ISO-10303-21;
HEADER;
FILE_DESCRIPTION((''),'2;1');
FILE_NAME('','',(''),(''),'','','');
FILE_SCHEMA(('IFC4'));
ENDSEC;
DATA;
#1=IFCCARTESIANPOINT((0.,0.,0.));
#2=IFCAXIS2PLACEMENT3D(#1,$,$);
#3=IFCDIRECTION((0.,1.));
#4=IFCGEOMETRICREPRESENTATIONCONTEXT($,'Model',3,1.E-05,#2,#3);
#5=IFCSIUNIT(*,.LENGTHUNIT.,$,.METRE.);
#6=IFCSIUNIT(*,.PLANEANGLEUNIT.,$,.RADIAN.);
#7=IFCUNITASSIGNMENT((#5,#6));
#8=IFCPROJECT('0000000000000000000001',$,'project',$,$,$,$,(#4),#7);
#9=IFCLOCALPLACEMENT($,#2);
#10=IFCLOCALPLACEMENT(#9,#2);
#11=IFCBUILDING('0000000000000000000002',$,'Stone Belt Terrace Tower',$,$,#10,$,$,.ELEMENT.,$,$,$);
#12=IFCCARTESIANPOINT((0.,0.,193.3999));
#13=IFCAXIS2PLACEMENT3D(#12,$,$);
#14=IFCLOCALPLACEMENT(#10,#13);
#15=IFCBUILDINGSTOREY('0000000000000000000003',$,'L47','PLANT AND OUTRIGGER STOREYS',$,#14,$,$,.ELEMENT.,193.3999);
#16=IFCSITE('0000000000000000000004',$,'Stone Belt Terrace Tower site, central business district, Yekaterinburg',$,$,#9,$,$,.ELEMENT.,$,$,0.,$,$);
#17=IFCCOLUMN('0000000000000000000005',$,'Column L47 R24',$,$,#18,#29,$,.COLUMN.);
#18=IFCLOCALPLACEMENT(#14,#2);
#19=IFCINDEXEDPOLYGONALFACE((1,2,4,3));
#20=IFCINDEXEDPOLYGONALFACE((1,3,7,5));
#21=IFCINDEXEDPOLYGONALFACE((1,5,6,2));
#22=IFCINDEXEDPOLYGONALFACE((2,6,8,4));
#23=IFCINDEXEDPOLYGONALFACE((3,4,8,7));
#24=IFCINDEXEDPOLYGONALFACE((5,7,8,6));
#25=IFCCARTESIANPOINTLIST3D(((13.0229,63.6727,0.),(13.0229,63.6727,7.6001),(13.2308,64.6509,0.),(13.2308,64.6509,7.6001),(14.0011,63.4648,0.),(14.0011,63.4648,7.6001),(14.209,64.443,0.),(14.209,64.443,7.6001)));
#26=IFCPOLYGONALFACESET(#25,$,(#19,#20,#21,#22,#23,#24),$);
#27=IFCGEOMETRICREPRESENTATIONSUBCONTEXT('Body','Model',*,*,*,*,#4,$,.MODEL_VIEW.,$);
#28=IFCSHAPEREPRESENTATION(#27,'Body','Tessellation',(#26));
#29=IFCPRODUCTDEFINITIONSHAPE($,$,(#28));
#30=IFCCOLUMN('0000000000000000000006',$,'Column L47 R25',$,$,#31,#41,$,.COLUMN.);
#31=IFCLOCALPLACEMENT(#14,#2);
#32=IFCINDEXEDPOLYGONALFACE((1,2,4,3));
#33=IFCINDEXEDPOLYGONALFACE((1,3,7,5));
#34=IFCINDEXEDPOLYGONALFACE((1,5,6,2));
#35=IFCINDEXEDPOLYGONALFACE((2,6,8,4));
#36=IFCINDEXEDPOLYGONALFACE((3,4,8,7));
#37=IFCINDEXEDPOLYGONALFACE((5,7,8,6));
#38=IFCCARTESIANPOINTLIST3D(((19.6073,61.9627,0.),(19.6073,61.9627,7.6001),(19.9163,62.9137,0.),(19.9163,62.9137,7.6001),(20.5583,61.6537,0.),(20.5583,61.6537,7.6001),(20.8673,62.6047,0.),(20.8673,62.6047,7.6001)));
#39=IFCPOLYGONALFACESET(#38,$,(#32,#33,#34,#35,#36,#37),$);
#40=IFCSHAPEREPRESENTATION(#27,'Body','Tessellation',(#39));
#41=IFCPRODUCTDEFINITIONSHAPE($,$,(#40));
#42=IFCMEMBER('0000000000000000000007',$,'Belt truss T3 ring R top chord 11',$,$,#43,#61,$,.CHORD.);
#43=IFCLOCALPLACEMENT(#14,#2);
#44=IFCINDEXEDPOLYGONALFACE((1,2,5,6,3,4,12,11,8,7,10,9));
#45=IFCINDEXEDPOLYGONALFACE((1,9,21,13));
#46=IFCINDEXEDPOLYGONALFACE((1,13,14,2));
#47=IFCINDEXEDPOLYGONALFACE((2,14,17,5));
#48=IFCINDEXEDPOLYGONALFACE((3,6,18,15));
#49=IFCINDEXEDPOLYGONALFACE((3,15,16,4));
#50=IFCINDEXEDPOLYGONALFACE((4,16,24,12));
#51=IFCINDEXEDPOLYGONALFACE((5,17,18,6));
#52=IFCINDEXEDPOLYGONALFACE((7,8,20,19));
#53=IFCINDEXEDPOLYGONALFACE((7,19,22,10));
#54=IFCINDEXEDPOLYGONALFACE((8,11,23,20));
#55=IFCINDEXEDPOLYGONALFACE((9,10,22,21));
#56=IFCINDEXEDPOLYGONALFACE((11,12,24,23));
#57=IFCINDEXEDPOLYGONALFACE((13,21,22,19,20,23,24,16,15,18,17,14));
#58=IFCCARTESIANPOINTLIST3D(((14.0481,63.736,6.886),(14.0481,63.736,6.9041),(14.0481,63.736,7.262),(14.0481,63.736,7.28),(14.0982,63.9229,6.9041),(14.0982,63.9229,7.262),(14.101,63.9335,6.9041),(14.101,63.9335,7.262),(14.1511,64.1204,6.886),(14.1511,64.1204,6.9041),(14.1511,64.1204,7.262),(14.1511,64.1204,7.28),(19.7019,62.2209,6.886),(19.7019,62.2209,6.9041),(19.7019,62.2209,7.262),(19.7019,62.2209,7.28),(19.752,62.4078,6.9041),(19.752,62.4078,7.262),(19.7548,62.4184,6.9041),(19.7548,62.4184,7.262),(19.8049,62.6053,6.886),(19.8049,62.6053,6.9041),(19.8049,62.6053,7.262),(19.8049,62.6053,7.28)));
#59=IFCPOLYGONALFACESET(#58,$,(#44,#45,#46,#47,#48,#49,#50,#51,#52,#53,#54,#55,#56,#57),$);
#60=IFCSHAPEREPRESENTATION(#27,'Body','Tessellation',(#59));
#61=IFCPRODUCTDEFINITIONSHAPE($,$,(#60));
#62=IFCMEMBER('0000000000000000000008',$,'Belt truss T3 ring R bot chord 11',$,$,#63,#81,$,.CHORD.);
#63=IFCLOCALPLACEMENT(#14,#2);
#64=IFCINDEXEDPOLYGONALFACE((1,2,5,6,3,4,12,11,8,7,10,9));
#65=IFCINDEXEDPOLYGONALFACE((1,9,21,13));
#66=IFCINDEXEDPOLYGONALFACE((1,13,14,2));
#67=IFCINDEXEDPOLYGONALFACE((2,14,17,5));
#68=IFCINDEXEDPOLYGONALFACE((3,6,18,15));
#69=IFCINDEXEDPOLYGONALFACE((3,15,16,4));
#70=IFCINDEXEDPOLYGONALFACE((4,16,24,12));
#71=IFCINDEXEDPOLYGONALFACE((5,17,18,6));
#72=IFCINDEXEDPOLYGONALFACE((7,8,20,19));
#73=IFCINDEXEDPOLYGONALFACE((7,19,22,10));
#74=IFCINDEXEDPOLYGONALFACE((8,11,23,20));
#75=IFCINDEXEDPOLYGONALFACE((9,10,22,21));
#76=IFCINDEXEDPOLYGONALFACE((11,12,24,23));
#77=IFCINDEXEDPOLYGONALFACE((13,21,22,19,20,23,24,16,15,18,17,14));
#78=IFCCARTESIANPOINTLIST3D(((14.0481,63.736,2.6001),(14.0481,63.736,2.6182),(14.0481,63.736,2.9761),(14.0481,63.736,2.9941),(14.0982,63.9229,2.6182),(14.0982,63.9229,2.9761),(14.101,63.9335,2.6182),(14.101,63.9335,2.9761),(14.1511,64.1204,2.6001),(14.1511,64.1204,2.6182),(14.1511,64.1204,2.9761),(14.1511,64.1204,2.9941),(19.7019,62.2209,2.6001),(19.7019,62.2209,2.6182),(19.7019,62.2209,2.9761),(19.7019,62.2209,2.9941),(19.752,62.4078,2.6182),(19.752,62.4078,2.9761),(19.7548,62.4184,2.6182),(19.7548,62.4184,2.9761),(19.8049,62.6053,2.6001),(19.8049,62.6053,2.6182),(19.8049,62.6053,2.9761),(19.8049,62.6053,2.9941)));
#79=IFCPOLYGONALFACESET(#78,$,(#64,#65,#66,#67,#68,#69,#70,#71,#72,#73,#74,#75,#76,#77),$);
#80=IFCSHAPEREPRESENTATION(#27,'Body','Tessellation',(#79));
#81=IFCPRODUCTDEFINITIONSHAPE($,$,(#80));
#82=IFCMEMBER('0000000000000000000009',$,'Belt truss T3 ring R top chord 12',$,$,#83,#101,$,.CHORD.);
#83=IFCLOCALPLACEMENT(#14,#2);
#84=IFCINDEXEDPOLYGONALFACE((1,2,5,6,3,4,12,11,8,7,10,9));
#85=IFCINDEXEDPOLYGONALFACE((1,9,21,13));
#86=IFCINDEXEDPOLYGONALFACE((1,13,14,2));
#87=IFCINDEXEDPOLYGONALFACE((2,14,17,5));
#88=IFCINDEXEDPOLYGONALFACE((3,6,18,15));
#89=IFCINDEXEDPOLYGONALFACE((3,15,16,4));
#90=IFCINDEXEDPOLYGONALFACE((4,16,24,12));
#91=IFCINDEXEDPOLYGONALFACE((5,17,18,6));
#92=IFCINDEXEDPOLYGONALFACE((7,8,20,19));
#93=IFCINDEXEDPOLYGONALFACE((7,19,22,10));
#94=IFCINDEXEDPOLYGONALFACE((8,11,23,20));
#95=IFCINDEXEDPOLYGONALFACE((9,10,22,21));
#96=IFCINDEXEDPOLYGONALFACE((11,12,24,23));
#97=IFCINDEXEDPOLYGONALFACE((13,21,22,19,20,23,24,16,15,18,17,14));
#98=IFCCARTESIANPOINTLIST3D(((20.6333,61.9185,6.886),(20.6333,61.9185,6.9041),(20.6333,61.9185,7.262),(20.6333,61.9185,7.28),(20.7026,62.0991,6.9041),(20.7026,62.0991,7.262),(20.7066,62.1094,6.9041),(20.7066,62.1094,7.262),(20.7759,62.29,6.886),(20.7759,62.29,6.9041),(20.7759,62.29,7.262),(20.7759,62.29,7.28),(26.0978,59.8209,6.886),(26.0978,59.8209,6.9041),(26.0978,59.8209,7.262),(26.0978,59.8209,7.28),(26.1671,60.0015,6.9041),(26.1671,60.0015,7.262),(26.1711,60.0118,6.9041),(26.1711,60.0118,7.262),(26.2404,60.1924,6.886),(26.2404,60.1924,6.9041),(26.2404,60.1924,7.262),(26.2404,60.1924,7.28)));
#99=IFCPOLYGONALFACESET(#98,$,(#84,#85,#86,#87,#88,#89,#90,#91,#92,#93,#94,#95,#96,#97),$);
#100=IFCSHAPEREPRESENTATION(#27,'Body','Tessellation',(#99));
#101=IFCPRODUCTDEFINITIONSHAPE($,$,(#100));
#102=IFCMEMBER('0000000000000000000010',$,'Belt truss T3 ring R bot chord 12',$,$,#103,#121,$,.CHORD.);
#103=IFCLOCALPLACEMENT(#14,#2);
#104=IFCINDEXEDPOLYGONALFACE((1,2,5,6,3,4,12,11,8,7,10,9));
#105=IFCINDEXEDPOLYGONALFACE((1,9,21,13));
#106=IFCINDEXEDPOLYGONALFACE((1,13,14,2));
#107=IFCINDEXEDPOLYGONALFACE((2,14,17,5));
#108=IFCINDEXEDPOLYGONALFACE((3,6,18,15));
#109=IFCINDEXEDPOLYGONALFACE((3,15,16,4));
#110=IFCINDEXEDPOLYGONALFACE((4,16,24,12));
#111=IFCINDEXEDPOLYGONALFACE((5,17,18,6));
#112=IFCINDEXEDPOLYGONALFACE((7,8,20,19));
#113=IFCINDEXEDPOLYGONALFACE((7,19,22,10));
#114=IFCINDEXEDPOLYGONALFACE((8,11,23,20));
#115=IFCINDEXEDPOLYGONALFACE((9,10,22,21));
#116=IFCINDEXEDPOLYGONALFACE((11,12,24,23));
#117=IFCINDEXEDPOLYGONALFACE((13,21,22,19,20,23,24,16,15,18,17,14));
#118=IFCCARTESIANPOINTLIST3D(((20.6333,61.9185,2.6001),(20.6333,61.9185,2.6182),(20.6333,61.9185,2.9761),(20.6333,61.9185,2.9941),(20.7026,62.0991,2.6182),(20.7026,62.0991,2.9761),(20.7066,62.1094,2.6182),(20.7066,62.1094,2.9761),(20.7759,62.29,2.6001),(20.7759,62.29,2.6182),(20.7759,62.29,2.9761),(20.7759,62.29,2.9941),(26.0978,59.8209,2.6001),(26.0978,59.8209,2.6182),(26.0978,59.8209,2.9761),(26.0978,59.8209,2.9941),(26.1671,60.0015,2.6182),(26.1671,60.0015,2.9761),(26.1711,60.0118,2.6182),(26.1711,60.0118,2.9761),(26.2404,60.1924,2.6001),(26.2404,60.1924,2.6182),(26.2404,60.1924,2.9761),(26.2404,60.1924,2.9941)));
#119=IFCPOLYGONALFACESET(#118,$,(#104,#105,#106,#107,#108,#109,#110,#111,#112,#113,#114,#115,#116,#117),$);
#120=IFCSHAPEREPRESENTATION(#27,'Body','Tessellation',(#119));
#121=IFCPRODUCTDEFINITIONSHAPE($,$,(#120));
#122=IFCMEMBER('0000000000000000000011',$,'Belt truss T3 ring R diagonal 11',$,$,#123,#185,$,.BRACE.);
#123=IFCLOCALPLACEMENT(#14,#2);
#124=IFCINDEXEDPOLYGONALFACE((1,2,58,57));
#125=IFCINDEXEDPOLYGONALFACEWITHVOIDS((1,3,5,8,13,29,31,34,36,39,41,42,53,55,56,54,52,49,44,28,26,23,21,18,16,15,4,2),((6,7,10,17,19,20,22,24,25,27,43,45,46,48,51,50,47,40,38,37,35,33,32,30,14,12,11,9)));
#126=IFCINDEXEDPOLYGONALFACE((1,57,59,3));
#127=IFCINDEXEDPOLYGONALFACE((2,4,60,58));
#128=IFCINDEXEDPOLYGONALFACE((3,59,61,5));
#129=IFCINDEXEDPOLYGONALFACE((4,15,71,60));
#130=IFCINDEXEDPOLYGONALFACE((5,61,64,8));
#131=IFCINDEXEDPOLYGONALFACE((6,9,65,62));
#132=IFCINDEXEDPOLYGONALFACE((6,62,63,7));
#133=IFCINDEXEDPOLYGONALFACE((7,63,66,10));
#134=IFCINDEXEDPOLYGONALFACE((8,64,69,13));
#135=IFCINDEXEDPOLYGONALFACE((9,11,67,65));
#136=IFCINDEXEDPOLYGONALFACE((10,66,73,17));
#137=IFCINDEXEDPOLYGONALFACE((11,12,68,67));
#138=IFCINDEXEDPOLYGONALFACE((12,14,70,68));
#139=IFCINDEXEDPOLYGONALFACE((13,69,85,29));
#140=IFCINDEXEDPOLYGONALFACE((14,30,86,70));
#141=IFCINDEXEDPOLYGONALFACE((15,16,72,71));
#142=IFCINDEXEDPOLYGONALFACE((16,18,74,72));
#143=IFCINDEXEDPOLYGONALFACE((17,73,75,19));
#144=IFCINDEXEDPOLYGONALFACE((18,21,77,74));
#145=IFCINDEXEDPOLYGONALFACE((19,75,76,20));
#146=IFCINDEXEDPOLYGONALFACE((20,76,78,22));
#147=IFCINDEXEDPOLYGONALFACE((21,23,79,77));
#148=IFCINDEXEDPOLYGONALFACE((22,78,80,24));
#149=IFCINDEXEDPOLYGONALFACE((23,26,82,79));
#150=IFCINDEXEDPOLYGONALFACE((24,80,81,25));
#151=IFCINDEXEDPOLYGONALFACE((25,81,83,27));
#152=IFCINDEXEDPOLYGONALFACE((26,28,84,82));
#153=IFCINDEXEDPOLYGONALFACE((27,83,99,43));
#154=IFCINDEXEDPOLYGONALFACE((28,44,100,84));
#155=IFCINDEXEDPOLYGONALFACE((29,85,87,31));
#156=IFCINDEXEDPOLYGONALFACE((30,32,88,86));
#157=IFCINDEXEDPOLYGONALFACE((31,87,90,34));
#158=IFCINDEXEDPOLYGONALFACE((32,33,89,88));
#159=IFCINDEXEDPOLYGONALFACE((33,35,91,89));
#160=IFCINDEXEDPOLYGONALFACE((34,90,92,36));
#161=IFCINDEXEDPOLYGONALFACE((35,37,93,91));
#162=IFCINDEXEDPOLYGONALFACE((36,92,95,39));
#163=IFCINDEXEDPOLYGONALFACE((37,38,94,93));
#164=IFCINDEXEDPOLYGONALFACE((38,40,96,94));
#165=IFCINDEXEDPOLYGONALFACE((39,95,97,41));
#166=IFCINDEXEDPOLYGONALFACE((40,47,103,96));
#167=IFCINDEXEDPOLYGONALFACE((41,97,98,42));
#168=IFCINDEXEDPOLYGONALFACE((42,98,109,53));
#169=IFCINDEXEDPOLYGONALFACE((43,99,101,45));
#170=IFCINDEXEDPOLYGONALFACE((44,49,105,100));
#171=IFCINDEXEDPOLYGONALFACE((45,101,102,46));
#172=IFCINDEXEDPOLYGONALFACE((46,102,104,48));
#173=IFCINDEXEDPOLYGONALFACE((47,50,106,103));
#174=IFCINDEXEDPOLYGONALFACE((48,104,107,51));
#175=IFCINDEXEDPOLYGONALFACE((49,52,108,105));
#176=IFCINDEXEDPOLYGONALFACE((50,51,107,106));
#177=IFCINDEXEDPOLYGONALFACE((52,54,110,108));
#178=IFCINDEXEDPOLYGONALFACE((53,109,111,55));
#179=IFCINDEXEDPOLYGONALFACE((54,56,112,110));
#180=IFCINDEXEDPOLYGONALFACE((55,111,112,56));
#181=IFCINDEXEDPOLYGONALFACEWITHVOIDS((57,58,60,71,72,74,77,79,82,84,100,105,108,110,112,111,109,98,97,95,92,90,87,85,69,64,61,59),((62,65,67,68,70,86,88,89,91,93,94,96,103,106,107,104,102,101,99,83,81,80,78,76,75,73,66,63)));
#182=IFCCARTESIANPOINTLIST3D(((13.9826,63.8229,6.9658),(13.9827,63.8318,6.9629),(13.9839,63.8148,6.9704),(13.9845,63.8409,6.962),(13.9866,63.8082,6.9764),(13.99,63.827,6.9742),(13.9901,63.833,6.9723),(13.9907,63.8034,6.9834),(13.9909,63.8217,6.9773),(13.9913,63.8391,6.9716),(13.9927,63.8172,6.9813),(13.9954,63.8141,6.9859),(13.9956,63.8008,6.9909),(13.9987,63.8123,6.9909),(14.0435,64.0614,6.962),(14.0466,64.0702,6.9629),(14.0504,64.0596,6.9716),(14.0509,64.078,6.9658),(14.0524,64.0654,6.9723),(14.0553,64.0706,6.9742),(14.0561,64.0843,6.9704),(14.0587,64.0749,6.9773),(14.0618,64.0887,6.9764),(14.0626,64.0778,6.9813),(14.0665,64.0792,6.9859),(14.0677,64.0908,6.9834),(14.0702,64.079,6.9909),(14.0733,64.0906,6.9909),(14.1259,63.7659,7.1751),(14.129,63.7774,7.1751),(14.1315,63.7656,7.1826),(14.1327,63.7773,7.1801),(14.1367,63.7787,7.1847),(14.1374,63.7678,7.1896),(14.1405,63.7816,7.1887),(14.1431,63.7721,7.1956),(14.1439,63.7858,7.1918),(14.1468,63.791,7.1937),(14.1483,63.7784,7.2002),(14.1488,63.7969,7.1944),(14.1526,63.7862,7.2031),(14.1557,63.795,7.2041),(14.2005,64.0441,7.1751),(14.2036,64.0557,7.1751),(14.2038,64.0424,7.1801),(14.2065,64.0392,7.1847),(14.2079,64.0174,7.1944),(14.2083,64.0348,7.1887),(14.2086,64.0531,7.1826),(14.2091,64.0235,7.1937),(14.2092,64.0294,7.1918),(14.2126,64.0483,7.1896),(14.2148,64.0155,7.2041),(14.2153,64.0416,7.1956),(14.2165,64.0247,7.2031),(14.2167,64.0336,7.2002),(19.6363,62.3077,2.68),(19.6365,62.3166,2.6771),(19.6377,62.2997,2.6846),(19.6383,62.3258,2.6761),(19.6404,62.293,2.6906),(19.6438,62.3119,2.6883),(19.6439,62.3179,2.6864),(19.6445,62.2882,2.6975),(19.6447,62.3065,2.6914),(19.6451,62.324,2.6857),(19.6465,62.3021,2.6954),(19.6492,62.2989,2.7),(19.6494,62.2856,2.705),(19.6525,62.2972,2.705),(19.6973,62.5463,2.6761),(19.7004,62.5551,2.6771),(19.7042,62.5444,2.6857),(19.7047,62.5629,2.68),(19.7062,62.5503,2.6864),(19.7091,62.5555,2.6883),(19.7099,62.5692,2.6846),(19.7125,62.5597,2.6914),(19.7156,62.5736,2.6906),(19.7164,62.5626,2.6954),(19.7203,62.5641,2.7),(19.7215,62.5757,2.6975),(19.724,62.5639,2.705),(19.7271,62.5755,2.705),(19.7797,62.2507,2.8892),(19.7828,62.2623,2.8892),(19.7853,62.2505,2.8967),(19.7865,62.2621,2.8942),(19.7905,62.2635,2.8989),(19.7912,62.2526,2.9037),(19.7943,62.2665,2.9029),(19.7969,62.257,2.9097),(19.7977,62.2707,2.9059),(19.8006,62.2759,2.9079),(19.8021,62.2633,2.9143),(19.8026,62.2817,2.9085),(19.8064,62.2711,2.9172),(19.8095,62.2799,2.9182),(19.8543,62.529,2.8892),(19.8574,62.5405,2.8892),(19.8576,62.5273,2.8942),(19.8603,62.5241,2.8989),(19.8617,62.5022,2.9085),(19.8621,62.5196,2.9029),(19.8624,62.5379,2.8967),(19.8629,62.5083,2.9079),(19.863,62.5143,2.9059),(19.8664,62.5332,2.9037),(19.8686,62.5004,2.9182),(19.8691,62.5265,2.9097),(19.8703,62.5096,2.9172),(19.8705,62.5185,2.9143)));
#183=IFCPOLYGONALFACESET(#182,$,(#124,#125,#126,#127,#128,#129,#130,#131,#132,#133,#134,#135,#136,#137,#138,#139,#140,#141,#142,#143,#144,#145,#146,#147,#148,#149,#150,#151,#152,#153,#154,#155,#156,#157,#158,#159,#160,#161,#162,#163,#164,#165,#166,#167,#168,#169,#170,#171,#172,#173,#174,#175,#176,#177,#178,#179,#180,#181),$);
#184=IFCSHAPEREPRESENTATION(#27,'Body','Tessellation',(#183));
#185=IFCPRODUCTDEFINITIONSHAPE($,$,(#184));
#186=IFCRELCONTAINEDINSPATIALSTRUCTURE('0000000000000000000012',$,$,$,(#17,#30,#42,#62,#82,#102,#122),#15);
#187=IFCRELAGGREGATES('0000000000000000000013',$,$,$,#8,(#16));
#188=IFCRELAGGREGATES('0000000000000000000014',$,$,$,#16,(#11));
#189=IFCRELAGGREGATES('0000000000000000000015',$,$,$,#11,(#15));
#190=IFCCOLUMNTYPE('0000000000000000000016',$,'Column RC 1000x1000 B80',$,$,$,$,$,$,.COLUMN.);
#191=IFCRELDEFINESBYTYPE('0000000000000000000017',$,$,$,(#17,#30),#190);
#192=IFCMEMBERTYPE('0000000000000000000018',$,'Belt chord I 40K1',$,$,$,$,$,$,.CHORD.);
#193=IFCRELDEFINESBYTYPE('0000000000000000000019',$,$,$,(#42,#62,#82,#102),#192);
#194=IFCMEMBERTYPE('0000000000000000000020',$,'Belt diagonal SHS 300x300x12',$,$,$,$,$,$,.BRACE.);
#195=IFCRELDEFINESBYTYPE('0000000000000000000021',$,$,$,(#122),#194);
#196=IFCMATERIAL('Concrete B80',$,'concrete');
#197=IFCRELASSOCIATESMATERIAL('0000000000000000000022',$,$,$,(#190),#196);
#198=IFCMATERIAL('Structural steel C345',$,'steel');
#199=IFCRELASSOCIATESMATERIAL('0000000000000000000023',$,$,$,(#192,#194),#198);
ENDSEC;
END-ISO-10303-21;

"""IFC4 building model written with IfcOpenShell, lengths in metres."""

from ifc_helpers import new_model, si_unit, direction, frame, origin, origin_2d, place, context, subcontext, project, spatial, rectangle, hollow_rectangle, i_section, extrude, material, material_profile, profile_set, type_object, element, save


model = new_model("IFC4")

# Units and contexts
model_context = context("Model", 3, precision=1e-05, world=origin(), true_north=direction((0.0, 1.0)))
body_context = subcontext(model_context, "Body", "Model", "MODEL_VIEW")
ifc_project = project(units=[si_unit("LENGTHUNIT", "METRE"), si_unit("PLANEANGLEUNIT", "RADIAN")], contexts=[model_context])

# Site, building, storey
site_placement = place(None, origin())
site = spatial("IfcSite", under=ifc_project, at=site_placement, Name="Stone Belt Terrace Tower site, central business district, Yekaterinburg", CompositionType="ELEMENT", RefElevation=0.0)
building_placement = place(site_placement, origin())
building = spatial("IfcBuilding", under=site, at=building_placement, Name="Stone Belt Terrace Tower", CompositionType="ELEMENT")
storey_placement = place(building_placement, frame((0.0, 0.0, 193.3999)))
storey = spatial("IfcBuildingStorey", under=building, at=storey_placement, Name="L47", Description="PLANT AND OUTRIGGER STOREYS", CompositionType="ELEMENT", Elevation=193.3999)

# Columns
ifc_material_1 = material(Name="Concrete B80", Category="concrete")
ifc_material_profile_1 = material_profile(ifc_material_1, rectangle(XDim=1.0, YDim=1.0, at=origin_2d()), Name="RC 1000x1000")
ifc_profile_set_1 = profile_set([ifc_material_profile_1], Name="Concrete B80")
column_type = type_object("IfcColumnType", Name="Column RC 1000x1000 B80", PredefinedType="COLUMN", material=ifc_profile_set_1)
for number, where, z_axis, x_axis, name in (
    (1, (13.616, 64.0579, 0.0), (0.0, 0.0, 1.0), (0.978148, -0.207912, 0.0), "Column L47 R24"),
    (2, (20.2373, 62.2837, 0.0), (0.0, 0.0, 1.0), (0.951057, -0.309017, 0.0), "Column L47 R25"),
):
    element("IfcColumn", number, at=place(storey_placement, frame(where, z_axis=z_axis, x_axis=x_axis)), inside=storey, type_object=column_type, Name=name, PredefinedType="COLUMN", context=body_context, shape_type="SweptSolid", body=[
        extrude(rectangle(XDim=1.0, YDim=1.0, at=origin_2d()), origin(), (0.0, 0.0, 1.0), 7.6001),
    ])

# Members
ifc_material_2 = material(Name="Structural steel C345", Category="steel")
ifc_material_profile_2 = material_profile(ifc_material_2, i_section(OverallWidth=0.3979, OverallDepth=0.394, WebThickness=0.011, FlangeThickness=0.0181, at=origin_2d()), Name="I 40K1")
ifc_profile_set_2 = profile_set([ifc_material_profile_2], Name="Structural steel C345")
member_type_1 = type_object("IfcMemberType", Name="Belt chord I 40K1", PredefinedType="CHORD", material=ifc_profile_set_2)
for number, where, z_axis, x_axis, name in (
    (3, (14.0996, 63.9282, 7.083), (0.965917, -0.258851, 0.0), (0.258851, 0.965917, 0.0), "Belt truss T3 ring R top chord 11"),
    (4, (14.0996, 63.9282, 2.7971), (0.965917, -0.258851, 0.0), (0.258851, 0.965917, 0.0), "Belt truss T3 ring R bot chord 11"),
    (5, (20.7046, 62.1042, 7.083), (0.933581, -0.358367, 0.0), (0.358367, 0.933581, 0.0), "Belt truss T3 ring R top chord 12"),
    (6, (20.7046, 62.1042, 2.7971), (0.933581, -0.358367, 0.0), (0.358367, 0.933581, 0.0), "Belt truss T3 ring R bot chord 12"),
):
    element("IfcMember", number, at=place(storey_placement, frame(where, z_axis=z_axis, x_axis=x_axis)), inside=storey, type_object=member_type_1, Name=name, PredefinedType="CHORD", context=body_context, shape_type="SweptSolid", body=[
        extrude(i_section(OverallWidth=0.3979, OverallDepth=0.394, WebThickness=0.011, FlangeThickness=0.0181, at=origin_2d()), origin(), (0.0, 0.0, 1.0), 5.8533),
    ])
ifc_material_profile_3 = material_profile(ifc_material_2, hollow_rectangle(XDim=0.3, YDim=0.3, WallThickness=0.012, InnerFilletRadius=0.0239, OuterFilletRadius=0.0359, at=origin_2d()), Name="SHS 300x300x12")
ifc_profile_set_3 = profile_set([ifc_material_profile_3], Name="Structural steel C345")
member_type_2 = type_object("IfcMemberType", Name="Belt diagonal SHS 300x300x12", PredefinedType="BRACE", material=ifc_profile_set_3)
for number, where, z_axis, x_axis, name in (
    (7, (14.0996, 63.9282, 7.083), (0.779335, -0.20885, -0.590778), (0.258851, 0.965917, 0.0), "Belt truss T3 ring R diagonal 11"),
):
    element("IfcMember", number, at=place(storey_placement, frame(where, z_axis=z_axis, x_axis=x_axis)), inside=storey, type_object=member_type_2, Name=name, PredefinedType="BRACE", context=body_context, shape_type="SweptSolid", body=[
        extrude(hollow_rectangle(XDim=0.3, YDim=0.3, WallThickness=0.012, InnerFilletRadius=0.0239, OuterFilletRadius=0.0359, at=origin_2d()), origin(), (0.0, 0.0, 1.0), 7.2546),
    ])

save(model, "model.ifc")
